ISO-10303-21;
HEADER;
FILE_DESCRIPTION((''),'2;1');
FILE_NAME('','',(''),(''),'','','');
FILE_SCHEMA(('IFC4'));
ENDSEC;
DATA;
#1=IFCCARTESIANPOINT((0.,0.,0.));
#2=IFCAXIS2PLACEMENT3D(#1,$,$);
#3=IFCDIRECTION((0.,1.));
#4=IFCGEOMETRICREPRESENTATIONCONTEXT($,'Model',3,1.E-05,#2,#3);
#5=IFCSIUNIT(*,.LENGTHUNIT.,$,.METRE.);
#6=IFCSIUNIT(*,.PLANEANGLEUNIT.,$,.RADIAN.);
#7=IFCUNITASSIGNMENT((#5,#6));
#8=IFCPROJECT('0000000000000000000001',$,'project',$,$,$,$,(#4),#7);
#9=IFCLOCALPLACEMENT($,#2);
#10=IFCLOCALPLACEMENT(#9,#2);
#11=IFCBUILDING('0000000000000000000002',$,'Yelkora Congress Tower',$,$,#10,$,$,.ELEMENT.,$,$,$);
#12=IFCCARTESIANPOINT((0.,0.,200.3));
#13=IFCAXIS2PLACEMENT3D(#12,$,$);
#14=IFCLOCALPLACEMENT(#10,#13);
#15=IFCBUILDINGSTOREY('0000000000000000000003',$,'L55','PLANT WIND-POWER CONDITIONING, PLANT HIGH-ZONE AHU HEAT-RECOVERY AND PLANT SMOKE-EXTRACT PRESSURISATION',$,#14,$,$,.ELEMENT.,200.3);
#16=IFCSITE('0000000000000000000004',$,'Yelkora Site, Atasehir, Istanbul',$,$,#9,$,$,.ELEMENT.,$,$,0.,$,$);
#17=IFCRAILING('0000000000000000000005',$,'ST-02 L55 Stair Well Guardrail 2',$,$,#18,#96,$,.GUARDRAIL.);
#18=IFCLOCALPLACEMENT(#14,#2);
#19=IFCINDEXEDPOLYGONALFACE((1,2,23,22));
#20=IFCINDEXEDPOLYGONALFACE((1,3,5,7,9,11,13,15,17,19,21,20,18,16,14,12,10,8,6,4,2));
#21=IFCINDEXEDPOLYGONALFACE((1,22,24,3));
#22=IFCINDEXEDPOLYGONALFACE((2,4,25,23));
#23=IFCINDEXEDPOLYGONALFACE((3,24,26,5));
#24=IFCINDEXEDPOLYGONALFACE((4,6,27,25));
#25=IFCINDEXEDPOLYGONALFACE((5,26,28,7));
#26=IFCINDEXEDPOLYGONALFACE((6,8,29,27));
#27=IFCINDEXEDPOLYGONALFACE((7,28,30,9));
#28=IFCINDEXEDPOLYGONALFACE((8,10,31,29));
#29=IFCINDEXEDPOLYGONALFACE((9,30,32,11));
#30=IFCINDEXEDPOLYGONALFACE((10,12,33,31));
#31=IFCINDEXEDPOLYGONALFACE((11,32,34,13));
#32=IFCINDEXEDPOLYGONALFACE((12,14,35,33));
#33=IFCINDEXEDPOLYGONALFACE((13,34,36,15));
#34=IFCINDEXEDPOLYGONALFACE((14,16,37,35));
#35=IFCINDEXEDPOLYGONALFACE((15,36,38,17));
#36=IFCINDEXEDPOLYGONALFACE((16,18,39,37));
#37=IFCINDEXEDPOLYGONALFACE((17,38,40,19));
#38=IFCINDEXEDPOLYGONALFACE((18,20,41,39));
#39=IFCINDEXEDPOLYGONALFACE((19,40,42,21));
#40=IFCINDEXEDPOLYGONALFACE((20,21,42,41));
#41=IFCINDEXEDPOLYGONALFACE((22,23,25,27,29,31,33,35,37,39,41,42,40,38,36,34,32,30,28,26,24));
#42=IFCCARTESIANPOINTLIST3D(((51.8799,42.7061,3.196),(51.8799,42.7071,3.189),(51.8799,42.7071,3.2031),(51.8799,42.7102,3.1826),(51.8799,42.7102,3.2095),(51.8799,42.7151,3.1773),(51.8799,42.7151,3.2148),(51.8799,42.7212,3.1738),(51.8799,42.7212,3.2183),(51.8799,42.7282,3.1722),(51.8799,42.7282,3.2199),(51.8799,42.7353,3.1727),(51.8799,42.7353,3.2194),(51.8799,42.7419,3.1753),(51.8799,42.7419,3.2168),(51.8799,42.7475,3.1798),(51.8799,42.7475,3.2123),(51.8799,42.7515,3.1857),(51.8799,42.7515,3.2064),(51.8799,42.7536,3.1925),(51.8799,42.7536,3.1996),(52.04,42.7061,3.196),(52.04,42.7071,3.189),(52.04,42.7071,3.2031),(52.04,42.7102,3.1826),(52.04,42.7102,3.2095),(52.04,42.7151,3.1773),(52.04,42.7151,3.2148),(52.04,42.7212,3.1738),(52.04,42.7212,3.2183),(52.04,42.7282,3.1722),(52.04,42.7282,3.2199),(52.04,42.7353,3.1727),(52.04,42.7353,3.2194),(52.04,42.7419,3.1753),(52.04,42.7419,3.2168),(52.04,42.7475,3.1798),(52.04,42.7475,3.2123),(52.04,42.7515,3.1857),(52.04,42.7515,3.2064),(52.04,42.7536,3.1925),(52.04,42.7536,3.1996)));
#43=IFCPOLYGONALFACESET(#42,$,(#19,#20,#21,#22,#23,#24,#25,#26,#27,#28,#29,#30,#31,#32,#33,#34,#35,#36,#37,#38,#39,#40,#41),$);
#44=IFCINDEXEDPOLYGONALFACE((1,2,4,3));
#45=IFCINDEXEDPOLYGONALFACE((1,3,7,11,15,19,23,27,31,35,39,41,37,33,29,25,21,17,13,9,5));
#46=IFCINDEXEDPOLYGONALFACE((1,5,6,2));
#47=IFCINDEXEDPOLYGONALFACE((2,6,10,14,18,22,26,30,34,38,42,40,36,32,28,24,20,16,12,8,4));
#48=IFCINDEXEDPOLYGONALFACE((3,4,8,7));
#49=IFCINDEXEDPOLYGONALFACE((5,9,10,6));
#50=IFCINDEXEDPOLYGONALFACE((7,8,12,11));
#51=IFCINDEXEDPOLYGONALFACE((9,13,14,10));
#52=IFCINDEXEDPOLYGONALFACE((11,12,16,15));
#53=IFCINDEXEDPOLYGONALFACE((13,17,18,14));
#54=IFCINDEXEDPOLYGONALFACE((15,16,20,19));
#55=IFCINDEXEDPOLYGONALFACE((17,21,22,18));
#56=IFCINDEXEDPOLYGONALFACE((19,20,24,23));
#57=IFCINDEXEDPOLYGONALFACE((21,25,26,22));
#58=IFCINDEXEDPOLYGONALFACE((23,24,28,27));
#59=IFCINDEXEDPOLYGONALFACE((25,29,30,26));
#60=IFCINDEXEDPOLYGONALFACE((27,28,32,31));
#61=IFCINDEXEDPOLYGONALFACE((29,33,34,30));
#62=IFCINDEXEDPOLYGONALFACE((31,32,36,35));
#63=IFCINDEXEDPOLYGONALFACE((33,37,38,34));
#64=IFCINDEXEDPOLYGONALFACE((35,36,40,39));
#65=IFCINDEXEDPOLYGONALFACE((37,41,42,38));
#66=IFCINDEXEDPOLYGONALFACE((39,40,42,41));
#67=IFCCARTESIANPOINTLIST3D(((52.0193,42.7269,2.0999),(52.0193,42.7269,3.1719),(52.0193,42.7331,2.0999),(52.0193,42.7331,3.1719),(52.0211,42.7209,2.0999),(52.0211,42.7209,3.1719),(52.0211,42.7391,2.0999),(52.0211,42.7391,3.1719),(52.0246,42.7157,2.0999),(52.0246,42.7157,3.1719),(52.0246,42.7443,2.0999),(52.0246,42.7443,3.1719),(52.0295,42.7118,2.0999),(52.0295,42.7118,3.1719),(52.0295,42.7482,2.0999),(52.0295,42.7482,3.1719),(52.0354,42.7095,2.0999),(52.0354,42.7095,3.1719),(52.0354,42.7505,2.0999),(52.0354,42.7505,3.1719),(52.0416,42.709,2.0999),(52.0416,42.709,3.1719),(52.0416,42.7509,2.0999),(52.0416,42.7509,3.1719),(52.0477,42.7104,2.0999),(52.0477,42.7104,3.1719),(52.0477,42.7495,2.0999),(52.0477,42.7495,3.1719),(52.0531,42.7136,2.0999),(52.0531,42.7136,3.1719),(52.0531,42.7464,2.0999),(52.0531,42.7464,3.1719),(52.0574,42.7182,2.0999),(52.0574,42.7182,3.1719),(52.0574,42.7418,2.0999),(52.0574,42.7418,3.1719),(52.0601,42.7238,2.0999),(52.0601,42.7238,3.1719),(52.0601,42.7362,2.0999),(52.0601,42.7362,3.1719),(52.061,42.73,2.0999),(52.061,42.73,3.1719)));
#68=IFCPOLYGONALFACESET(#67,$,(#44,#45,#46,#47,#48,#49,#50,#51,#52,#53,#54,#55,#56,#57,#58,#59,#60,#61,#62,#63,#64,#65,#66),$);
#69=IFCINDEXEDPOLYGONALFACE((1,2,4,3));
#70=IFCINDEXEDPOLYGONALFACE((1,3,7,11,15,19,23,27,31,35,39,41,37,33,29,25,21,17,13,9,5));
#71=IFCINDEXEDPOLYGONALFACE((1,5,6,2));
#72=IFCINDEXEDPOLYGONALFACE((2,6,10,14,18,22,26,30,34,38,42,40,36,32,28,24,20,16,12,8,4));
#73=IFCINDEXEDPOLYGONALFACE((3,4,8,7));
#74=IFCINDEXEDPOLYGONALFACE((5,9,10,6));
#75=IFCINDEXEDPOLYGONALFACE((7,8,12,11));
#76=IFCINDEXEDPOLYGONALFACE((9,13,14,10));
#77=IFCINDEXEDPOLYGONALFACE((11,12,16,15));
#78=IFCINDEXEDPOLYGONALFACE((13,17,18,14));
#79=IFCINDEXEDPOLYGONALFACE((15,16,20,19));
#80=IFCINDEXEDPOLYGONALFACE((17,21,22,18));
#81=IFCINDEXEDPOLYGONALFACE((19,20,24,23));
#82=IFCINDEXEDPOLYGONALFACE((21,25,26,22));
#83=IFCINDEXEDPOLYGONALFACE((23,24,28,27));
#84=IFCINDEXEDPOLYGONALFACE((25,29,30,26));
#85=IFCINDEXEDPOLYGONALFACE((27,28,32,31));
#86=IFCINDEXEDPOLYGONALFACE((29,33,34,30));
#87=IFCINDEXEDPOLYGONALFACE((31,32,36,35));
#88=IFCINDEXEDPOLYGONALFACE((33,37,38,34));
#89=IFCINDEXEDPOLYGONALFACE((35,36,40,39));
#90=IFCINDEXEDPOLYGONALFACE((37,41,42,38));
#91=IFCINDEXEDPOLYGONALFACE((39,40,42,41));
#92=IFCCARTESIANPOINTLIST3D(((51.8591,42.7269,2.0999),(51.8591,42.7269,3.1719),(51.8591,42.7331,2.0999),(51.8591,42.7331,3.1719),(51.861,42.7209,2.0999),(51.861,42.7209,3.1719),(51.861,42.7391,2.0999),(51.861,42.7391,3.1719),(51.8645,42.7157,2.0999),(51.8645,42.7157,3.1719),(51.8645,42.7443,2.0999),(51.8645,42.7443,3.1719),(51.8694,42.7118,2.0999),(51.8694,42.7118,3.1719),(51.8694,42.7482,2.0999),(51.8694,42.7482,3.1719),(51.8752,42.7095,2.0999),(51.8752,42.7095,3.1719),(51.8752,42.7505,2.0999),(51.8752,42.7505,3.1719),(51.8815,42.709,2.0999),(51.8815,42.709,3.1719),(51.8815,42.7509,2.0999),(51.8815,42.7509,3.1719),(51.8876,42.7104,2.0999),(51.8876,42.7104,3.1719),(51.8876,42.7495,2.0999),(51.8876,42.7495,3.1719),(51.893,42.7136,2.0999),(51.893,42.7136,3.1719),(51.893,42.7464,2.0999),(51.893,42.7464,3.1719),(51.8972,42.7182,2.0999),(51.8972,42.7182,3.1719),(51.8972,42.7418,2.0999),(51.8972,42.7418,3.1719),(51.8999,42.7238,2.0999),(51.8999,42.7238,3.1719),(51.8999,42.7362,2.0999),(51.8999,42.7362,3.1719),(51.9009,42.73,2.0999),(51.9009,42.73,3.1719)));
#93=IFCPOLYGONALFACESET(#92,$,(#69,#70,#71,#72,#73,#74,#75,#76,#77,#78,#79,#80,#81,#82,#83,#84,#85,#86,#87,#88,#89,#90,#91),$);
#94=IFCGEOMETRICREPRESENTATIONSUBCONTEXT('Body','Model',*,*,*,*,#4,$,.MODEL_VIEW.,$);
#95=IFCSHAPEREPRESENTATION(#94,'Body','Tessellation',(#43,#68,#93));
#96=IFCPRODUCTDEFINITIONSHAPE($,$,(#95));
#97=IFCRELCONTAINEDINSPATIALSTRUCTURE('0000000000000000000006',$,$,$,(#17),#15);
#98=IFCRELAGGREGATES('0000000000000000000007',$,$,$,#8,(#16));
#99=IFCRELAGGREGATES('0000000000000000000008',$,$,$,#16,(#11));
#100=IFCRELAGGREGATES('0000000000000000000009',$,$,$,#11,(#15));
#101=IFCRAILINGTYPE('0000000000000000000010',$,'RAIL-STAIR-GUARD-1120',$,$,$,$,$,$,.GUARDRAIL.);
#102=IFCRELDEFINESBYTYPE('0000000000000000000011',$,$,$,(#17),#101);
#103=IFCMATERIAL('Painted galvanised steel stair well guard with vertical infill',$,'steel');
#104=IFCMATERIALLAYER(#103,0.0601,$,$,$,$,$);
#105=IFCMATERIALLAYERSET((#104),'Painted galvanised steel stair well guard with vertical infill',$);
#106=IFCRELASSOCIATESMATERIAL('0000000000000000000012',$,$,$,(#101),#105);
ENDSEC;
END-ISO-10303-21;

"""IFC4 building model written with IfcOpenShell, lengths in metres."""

from ifc_helpers import new_model, si_unit, direction, frame, origin, origin_2d, place, context, subcontext, project, spatial, circle, extrude, material, layer, layer_set, type_object, element, save


model = new_model("IFC4")

# Units and contexts
model_context = context("Model", 3, precision=1e-05, world=origin(), true_north=direction((0.0, 1.0)))
body_context = subcontext(model_context, "Body", "Model", "MODEL_VIEW")
ifc_project = project(units=[si_unit("LENGTHUNIT", "METRE"), si_unit("PLANEANGLEUNIT", "RADIAN")], contexts=[model_context])

# Site, building, storey
site_placement = place(None, origin())
site = spatial("IfcSite", under=ifc_project, at=site_placement, Name="Yelkora Site, Atasehir, Istanbul", CompositionType="ELEMENT", RefElevation=0.0)
building_placement = place(site_placement, origin())
building = spatial("IfcBuilding", under=site, at=building_placement, Name="Yelkora Congress Tower", CompositionType="ELEMENT")
storey_placement = place(building_placement, frame((0.0, 0.0, 200.3)))
storey = spatial("IfcBuildingStorey", under=building, at=storey_placement, Name="L55", Description="PLANT WIND-POWER CONDITIONING, PLANT HIGH-ZONE AHU HEAT-RECOVERY AND PLANT SMOKE-EXTRACT PRESSURISATION", CompositionType="ELEMENT", Elevation=200.3)

# Railing
ifc_material_1 = material(Name="Painted galvanised steel stair well guard with vertical infill", Category="steel")
ifc_layer_1 = layer(ifc_material_1, 0.0601)
ifc_layer_set_1 = layer_set([ifc_layer_1], Name="Painted galvanised steel stair well guard with vertical infill")
railing_type_1 = type_object("IfcRailingType", Name="RAIL-STAIR-GUARD-1120", PredefinedType="GUARDRAIL", material=ifc_layer_set_1)
railing_1_placement = place(storey_placement, frame((52.04, 42.73, 2.0999)))
element("IfcRailing", 1, at=railing_1_placement, inside=storey, type_object=railing_type_1, Name="ST-02 L55 Stair Well Guardrail 2", PredefinedType="GUARDRAIL", context=body_context, shape_type="SweptSolid", body=[
    extrude(circle(Radius=0.0239, at=origin_2d()), frame((0.0, 0.0, 1.0962), z_axis=(-1.0, 0.0, 0.0), x_axis=(0.0, -1.0, 0.0)), (0.0, 0.0, 1.0), 0.1602),
    extrude(circle(Radius=0.021, at=origin_2d()), origin(), (0.0, 0.0, 1.0), 1.072),
    extrude(circle(Radius=0.021, at=origin_2d()), frame((-0.1602, 0.0, 0.0)), (0.0, 0.0, 1.0), 1.072),
])

save(model, "model.ifc")
